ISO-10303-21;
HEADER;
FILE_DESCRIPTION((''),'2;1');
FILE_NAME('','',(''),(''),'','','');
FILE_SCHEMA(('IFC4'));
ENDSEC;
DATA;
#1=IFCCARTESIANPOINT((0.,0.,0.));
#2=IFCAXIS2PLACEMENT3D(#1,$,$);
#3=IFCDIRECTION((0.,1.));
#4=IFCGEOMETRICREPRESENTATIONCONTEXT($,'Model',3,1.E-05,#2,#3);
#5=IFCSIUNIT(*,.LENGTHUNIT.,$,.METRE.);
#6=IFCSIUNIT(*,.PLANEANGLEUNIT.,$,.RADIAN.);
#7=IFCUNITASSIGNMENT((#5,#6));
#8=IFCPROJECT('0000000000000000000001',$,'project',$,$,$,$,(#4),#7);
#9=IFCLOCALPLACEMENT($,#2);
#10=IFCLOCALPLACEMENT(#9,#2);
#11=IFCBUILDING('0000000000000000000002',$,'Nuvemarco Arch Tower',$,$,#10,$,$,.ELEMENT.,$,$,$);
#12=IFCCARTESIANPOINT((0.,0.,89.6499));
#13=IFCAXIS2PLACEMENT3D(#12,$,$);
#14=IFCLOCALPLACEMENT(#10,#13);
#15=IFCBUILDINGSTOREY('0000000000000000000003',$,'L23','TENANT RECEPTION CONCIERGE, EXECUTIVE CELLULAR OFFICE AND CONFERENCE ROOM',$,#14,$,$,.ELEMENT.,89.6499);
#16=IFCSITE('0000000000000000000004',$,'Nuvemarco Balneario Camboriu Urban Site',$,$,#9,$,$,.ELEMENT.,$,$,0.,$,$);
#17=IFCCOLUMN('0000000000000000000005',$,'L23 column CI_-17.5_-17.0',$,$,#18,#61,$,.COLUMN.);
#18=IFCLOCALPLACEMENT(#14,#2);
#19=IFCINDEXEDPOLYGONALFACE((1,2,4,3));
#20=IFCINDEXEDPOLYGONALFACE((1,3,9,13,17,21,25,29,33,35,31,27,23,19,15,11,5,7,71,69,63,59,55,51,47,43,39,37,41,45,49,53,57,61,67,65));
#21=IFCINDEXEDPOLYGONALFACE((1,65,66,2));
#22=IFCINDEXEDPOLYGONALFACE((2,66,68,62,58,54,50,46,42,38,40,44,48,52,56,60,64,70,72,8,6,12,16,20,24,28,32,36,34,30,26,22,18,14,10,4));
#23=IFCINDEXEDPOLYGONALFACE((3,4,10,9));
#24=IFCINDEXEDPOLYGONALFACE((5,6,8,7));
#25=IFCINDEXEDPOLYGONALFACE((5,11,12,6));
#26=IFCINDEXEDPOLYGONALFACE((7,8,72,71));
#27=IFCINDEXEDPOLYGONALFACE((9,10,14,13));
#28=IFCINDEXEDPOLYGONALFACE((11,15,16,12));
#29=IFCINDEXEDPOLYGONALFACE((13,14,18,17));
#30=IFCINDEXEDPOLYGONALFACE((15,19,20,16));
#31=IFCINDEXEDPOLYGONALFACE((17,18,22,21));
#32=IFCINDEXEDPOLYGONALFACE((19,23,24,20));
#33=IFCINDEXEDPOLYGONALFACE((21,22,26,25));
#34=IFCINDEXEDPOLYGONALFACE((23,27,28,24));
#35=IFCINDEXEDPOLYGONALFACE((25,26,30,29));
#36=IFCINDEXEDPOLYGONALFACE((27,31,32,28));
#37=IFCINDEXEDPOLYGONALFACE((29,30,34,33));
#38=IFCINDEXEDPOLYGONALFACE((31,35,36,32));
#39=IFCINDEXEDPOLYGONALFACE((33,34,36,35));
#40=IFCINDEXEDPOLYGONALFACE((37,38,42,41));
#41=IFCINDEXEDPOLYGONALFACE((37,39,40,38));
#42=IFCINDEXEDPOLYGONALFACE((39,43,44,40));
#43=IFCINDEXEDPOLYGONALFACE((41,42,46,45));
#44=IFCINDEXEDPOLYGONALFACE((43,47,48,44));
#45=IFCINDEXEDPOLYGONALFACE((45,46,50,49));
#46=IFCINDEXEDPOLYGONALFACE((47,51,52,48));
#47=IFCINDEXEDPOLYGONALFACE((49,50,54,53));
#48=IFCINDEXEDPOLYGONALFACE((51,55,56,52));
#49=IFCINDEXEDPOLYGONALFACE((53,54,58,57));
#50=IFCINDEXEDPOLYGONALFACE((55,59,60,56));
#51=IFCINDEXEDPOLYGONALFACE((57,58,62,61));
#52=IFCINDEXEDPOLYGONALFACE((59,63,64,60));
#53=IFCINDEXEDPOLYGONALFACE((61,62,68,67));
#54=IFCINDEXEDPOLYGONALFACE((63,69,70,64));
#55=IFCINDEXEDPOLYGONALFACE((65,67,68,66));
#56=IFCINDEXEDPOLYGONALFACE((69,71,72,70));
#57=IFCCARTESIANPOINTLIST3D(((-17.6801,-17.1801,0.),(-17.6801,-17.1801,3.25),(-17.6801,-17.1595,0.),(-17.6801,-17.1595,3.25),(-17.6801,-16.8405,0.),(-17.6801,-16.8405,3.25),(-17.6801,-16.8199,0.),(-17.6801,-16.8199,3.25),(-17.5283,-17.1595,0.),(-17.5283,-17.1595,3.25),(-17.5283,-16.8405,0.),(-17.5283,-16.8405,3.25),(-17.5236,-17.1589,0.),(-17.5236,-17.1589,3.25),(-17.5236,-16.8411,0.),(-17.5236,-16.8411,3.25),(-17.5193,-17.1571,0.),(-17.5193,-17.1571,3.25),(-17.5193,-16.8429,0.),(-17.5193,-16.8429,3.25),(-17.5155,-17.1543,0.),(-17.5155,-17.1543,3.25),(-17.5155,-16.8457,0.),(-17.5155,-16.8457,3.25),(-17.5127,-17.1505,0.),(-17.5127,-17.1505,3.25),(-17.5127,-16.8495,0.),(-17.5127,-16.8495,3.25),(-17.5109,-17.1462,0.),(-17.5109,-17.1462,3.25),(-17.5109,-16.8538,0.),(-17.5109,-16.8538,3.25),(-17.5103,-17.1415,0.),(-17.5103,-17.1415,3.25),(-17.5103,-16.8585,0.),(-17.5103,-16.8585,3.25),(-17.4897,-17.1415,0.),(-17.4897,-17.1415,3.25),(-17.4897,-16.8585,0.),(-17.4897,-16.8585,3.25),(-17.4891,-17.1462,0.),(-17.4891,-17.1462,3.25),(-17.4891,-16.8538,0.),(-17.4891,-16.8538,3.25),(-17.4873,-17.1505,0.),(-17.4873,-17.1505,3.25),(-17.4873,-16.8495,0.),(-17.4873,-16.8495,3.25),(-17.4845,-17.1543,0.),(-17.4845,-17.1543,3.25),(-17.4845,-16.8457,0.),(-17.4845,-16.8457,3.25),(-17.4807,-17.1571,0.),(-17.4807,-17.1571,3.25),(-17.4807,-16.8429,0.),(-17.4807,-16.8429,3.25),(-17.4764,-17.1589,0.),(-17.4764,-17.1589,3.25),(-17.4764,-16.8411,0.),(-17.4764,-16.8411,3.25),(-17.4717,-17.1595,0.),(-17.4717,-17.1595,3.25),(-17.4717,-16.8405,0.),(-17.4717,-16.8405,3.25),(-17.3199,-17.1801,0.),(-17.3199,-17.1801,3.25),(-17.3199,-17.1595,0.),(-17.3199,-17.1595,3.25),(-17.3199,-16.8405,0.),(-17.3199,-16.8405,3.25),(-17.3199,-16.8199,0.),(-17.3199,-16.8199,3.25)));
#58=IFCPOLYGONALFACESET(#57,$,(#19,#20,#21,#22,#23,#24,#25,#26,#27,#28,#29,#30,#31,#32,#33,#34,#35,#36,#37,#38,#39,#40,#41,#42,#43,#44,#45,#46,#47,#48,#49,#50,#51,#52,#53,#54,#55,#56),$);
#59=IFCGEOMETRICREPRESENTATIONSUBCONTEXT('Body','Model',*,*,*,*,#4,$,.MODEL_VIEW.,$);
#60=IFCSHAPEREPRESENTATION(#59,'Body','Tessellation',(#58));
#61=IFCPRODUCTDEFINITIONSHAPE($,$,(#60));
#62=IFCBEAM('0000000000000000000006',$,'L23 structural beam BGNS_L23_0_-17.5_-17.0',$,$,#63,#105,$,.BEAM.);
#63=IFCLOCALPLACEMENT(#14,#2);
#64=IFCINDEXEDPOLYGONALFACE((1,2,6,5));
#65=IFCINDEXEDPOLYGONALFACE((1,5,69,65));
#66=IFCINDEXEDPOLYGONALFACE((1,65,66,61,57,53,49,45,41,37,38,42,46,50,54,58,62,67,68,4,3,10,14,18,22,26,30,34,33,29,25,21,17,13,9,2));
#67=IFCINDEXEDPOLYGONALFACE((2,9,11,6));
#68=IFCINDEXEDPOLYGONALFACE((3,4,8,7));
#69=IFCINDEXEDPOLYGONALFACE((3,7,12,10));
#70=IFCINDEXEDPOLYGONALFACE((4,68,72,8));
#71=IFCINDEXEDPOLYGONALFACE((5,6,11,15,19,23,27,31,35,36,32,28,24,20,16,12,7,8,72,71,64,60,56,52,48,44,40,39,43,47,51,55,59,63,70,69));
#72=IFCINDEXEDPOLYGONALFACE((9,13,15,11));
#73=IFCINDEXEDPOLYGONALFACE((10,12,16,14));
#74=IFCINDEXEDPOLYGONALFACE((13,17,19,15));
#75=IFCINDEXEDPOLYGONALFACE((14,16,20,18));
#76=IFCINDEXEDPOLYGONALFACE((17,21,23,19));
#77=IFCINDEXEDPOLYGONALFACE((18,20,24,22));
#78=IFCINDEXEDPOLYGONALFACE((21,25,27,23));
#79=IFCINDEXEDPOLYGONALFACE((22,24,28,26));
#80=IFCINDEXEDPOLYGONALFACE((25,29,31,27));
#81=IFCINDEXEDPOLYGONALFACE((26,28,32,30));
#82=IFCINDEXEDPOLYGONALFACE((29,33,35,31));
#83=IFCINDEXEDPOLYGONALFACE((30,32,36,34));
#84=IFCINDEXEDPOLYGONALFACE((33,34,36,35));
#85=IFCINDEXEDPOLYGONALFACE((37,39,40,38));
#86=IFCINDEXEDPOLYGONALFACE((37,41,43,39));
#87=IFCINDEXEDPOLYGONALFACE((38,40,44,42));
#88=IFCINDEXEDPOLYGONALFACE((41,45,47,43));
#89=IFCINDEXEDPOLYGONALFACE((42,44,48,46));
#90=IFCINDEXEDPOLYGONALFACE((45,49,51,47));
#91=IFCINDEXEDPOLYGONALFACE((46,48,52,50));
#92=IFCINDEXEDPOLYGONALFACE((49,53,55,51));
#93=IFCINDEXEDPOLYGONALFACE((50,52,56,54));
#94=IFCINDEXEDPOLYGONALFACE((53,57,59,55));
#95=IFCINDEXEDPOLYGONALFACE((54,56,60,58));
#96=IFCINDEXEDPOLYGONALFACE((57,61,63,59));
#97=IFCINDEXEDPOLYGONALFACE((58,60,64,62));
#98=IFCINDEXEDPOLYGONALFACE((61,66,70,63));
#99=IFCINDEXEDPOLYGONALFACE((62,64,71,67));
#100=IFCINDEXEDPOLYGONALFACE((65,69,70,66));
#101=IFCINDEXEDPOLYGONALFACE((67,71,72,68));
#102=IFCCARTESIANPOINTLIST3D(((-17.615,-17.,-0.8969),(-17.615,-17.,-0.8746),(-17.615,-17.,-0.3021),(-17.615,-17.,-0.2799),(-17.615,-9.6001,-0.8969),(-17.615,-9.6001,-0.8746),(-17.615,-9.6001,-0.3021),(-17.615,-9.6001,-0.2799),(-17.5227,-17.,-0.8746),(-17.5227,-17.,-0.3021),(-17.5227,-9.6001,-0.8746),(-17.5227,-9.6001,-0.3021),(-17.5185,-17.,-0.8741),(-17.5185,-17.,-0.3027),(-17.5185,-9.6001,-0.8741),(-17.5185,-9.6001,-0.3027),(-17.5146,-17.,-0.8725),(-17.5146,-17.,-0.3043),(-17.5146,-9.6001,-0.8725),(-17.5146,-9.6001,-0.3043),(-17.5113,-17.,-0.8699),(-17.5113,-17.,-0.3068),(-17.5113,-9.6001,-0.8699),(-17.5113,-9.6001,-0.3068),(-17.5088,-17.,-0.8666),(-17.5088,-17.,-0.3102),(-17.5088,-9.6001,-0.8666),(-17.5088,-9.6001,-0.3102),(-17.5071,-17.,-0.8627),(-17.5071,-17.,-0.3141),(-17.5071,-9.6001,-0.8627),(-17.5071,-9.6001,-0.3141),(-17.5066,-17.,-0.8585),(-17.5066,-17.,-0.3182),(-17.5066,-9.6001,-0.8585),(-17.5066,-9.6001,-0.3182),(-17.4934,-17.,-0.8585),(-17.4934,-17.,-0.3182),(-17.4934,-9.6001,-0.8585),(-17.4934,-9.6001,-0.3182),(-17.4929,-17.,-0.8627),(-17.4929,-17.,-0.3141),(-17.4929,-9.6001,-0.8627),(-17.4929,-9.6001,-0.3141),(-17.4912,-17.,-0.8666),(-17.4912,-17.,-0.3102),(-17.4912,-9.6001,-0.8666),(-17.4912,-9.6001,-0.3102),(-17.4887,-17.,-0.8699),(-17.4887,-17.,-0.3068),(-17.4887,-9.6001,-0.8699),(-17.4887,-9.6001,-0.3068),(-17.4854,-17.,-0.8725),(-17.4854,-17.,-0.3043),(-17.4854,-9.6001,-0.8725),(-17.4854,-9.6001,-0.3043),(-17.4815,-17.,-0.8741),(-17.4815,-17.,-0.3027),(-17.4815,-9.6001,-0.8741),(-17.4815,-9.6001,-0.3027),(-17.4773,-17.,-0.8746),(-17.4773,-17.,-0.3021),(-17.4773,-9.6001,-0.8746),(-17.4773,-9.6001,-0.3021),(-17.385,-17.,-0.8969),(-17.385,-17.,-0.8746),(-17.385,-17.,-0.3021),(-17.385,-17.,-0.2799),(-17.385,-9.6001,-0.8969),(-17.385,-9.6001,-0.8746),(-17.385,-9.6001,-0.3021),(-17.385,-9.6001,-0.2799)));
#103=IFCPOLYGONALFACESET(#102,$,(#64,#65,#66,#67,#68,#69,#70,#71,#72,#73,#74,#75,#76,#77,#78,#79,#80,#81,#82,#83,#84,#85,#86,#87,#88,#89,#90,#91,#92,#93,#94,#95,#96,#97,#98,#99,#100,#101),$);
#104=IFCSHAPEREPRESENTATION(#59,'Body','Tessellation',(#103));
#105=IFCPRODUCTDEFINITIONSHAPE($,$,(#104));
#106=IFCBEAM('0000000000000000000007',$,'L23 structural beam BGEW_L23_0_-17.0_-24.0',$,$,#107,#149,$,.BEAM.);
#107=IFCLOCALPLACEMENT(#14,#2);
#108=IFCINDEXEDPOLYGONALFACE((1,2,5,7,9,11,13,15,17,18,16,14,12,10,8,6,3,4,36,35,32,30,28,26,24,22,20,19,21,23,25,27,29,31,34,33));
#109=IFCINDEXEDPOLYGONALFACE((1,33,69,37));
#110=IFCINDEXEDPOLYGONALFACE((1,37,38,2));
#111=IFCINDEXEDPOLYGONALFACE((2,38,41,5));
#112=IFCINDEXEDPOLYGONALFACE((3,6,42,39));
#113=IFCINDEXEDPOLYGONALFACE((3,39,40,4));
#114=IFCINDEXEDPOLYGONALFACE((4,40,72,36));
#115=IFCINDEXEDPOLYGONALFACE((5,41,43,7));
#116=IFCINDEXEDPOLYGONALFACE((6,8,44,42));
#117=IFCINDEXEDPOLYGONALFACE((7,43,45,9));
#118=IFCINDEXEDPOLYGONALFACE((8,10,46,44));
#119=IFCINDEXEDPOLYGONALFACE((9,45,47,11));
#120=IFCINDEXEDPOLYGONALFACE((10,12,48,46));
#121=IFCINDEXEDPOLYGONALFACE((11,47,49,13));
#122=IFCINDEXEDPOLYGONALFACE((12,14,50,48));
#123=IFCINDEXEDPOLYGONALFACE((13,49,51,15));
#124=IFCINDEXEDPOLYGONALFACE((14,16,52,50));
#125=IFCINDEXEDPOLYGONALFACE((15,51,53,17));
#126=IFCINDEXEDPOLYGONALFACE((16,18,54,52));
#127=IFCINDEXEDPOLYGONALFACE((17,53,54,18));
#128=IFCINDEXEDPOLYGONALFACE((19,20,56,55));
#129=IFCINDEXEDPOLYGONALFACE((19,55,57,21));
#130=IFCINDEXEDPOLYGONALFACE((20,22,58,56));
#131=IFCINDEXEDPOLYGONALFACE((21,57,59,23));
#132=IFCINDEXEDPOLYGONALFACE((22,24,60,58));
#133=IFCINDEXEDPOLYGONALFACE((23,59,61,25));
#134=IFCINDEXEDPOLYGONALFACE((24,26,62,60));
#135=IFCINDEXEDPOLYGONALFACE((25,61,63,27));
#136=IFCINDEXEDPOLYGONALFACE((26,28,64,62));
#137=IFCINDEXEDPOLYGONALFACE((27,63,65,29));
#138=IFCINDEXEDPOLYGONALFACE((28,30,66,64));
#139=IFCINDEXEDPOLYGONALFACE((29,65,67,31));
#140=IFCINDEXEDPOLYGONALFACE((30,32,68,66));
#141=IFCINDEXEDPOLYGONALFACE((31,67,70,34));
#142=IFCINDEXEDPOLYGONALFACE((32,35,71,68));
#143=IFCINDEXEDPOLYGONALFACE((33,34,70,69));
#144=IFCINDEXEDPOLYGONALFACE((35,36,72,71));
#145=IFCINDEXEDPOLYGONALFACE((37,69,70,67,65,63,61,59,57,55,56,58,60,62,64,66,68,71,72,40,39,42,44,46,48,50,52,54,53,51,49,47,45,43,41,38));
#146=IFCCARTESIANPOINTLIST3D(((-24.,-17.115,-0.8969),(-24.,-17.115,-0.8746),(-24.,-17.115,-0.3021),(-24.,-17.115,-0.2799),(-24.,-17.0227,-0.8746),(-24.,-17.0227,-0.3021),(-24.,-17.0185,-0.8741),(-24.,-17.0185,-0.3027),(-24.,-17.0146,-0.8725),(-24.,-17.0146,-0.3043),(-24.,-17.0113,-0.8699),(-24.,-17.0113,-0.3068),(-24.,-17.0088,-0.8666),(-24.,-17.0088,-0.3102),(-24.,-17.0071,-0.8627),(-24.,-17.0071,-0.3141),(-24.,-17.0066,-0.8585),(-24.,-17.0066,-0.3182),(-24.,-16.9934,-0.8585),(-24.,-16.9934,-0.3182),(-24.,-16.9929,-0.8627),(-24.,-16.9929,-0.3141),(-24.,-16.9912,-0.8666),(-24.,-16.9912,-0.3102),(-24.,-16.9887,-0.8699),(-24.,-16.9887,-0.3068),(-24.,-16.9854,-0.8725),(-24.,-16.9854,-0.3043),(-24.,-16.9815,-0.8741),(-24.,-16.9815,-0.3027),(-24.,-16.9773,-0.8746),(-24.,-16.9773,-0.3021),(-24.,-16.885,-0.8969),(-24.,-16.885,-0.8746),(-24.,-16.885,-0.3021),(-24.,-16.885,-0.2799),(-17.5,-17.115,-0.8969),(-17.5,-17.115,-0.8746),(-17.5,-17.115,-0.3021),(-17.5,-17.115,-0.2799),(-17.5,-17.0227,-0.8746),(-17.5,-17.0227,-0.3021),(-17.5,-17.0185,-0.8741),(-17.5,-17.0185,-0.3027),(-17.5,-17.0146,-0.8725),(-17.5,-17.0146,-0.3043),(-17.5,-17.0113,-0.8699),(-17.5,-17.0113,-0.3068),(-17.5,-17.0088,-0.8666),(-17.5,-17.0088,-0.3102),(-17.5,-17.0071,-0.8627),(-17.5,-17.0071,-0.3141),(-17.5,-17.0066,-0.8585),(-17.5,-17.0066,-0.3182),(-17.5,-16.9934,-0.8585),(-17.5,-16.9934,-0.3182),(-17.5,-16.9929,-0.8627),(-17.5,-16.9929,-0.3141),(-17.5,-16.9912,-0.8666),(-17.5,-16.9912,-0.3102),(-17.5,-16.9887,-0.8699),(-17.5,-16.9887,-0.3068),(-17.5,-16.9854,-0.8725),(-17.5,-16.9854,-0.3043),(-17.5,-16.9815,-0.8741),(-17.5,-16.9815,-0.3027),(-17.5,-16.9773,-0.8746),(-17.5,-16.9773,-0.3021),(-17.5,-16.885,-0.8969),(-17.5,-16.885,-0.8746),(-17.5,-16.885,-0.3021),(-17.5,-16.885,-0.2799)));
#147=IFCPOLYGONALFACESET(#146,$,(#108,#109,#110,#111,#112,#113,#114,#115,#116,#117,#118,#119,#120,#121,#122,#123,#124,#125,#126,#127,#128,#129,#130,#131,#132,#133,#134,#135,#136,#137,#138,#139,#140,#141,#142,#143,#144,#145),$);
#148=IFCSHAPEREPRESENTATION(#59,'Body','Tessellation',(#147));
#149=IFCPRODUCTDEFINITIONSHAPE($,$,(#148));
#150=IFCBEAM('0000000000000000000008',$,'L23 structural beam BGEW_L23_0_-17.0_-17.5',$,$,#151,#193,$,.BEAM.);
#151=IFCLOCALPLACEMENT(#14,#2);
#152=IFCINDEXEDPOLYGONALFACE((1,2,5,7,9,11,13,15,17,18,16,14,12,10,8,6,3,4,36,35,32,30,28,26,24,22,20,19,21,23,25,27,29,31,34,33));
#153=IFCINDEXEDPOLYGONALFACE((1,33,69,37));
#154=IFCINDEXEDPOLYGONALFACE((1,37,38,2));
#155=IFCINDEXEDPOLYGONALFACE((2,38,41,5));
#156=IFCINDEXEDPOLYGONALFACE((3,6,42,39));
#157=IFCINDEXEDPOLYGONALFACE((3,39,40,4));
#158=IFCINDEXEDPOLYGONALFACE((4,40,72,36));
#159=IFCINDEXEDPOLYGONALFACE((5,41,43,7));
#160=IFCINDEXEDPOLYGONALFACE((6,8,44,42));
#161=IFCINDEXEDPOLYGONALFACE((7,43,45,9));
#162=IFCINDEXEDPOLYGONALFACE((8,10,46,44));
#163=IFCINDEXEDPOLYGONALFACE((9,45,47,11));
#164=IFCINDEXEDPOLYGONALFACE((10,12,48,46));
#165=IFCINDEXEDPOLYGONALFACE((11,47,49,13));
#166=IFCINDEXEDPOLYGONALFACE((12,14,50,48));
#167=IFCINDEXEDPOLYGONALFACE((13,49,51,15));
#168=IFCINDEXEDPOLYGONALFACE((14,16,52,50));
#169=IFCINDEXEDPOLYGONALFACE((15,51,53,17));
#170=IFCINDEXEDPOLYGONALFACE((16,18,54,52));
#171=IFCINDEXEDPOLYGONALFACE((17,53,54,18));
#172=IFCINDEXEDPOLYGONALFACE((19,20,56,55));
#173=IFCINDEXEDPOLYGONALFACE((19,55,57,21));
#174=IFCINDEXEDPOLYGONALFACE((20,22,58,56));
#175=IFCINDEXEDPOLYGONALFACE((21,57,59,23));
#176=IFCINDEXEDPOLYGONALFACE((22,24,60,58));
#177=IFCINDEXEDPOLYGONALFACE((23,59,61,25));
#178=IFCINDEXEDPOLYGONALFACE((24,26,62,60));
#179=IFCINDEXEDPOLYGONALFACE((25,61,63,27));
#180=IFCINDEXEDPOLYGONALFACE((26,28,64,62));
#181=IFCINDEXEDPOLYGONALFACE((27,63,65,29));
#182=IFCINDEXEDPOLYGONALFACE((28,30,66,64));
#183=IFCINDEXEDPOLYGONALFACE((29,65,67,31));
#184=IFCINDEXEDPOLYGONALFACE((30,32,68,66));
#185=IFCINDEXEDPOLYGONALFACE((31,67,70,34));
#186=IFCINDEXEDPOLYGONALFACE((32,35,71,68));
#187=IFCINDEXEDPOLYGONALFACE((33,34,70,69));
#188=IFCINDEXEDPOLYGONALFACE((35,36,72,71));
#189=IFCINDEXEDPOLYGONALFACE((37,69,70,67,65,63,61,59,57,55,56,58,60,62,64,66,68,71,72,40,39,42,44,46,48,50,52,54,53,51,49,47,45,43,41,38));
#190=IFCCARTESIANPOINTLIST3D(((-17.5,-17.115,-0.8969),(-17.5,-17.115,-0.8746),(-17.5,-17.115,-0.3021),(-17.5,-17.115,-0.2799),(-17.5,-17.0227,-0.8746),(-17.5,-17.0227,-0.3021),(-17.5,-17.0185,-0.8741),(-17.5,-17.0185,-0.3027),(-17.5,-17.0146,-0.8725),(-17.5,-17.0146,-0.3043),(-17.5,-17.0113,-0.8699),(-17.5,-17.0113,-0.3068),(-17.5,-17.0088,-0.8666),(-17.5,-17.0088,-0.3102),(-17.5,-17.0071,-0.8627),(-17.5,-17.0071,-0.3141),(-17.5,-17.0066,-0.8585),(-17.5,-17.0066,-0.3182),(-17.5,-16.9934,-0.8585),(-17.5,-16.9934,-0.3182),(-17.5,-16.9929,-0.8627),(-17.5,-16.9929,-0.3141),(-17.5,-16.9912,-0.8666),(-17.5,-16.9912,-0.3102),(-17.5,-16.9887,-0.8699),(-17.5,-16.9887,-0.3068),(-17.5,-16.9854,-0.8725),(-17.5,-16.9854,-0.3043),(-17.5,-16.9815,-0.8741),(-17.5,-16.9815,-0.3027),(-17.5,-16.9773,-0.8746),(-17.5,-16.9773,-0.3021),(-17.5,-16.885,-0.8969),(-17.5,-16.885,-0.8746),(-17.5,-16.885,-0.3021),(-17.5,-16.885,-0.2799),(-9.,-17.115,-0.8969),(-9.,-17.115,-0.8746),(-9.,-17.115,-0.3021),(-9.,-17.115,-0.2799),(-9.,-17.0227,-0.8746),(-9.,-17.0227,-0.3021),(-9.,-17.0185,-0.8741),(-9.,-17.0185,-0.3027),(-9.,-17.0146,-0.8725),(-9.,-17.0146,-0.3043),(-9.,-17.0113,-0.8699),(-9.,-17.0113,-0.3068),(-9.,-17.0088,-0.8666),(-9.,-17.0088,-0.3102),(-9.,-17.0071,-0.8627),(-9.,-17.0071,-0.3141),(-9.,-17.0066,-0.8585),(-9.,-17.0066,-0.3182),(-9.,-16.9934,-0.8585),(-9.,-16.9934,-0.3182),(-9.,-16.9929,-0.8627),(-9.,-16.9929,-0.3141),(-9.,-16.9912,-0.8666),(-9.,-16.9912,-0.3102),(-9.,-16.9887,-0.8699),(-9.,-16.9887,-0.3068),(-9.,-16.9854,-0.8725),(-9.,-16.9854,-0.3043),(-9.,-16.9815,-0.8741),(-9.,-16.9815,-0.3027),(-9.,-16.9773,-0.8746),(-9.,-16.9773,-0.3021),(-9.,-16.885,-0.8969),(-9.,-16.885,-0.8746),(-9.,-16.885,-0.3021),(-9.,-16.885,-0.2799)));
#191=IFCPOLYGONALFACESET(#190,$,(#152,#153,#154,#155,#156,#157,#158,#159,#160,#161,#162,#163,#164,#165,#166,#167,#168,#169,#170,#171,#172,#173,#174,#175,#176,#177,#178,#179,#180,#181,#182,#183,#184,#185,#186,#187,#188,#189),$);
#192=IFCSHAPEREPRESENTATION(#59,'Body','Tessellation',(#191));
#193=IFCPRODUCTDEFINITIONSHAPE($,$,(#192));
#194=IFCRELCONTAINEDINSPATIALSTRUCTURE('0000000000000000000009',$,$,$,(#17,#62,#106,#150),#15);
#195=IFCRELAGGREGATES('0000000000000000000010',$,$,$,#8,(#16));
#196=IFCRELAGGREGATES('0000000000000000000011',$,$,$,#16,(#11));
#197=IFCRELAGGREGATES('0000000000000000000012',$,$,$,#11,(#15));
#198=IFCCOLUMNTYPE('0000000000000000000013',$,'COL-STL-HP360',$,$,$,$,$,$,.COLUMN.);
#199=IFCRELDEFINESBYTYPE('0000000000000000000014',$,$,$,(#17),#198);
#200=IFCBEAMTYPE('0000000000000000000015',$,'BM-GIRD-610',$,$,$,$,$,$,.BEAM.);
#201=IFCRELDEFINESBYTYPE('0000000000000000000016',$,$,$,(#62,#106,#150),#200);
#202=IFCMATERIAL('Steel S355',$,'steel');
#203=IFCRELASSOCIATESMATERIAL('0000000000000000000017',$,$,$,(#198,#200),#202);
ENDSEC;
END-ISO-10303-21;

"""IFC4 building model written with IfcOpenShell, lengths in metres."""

from ifc_helpers import new_model, si_unit, direction, frame, origin, origin_2d, place, context, subcontext, project, spatial, i_section, extrude, material, material_profile, profile_set, type_object, element, save


model = new_model("IFC4")

# Units and contexts
model_context = context("Model", 3, precision=1e-05, world=origin(), true_north=direction((0.0, 1.0)))
body_context = subcontext(model_context, "Body", "Model", "MODEL_VIEW")
ifc_project = project(units=[si_unit("LENGTHUNIT", "METRE"), si_unit("PLANEANGLEUNIT", "RADIAN")], contexts=[model_context])

# Site, building, storey
site_placement = place(None, origin())
site = spatial("IfcSite", under=ifc_project, at=site_placement, Name="Nuvemarco Balneario Camboriu Urban Site", CompositionType="ELEMENT", RefElevation=0.0)
building_placement = place(site_placement, origin())
building = spatial("IfcBuilding", under=site, at=building_placement, Name="Nuvemarco Arch Tower", CompositionType="ELEMENT")
storey_placement = place(building_placement, frame((0.0, 0.0, 89.6499)))
storey = spatial("IfcBuildingStorey", under=building, at=storey_placement, Name="L23", Description="TENANT RECEPTION CONCIERGE, EXECUTIVE CELLULAR OFFICE AND CONFERENCE ROOM", CompositionType="ELEMENT", Elevation=89.6499)

# Column
ifc_material_1 = material(Name="Steel S355", Category="steel")
ifc_material_profile_1 = material_profile(ifc_material_1, i_section(OverallWidth=0.3601, OverallDepth=0.3601, WebThickness=0.0205, FlangeThickness=0.0205, FilletRadius=0.0181, at=origin_2d()), Name="HP360x174")
ifc_profile_set_1 = profile_set([ifc_material_profile_1], Name="Steel S355")
column_type = type_object("IfcColumnType", Name="COL-STL-HP360", PredefinedType="COLUMN", material=ifc_profile_set_1)
column_placement = place(storey_placement, frame((-17.5, -17.0, 0.0), z_axis=(0.0, 0.0, 1.0), x_axis=(1.0, 0.0, 0.0)))
element("IfcColumn", 1, at=column_placement, inside=storey, type_object=column_type, Name="L23 column CI_-17.5_-17.0", PredefinedType="COLUMN", context=body_context, shape_type="SweptSolid", body=[
    extrude(i_section(OverallWidth=0.3601, OverallDepth=0.3601, WebThickness=0.0205, FlangeThickness=0.0205, FilletRadius=0.0181, at=origin_2d()), origin(), (0.0, 0.0, 1.0), 3.25),
])

# Beams
ifc_material_profile_2 = material_profile(ifc_material_1, i_section(OverallWidth=0.23, OverallDepth=0.6169, WebThickness=0.0132, FlangeThickness=0.0222, FilletRadius=0.0161, at=origin_2d()), Name="W610x140")
ifc_profile_set_2 = profile_set([ifc_material_profile_2], Name="Steel S355")
beam_type_1 = type_object("IfcBeamType", Name="BM-GIRD-610", PredefinedType="BEAM", material=ifc_profile_set_2)
beam_1_placement = place(storey_placement, frame((-17.5, -17.0, -0.5884), z_axis=(0.0, 1.0, 0.0), x_axis=(-1.0, 0.0, 0.0)))
element("IfcBeam", 2, at=beam_1_placement, inside=storey, type_object=beam_type_1, Name="L23 structural beam BGNS_L23_0_-17.5_-17.0", PredefinedType="BEAM", context=body_context, shape_type="SweptSolid", body=[
    extrude(i_section(OverallWidth=0.23, OverallDepth=0.6169, WebThickness=0.0132, FlangeThickness=0.0222, FilletRadius=0.0161, at=origin_2d()), origin(), (0.0, 0.0, 1.0), 7.3999),
])
beam_2_placement = place(storey_placement, frame((-24.0, -17.0, -0.5884), z_axis=(1.0, 0.0, 0.0), x_axis=(0.0, 1.0, 0.0)))
element("IfcBeam", 3, at=beam_2_placement, inside=storey, type_object=beam_type_1, Name="L23 structural beam BGEW_L23_0_-17.0_-24.0", PredefinedType="BEAM", context=body_context, shape_type="SweptSolid", body=[
    extrude(i_section(OverallWidth=0.23, OverallDepth=0.6169, WebThickness=0.0132, FlangeThickness=0.0222, FilletRadius=0.0161, at=origin_2d()), origin(), (0.0, 0.0, 1.0), 6.5),
])
beam_3_placement = place(storey_placement, frame((-17.5, -17.0, -0.5884), z_axis=(1.0, 0.0, 0.0), x_axis=(0.0, 1.0, 0.0)))
element("IfcBeam", 4, at=beam_3_placement, inside=storey, type_object=beam_type_1, Name="L23 structural beam BGEW_L23_0_-17.0_-17.5", PredefinedType="BEAM", context=body_context, shape_type="SweptSolid", body=[
    extrude(i_section(OverallWidth=0.23, OverallDepth=0.6169, WebThickness=0.0132, FlangeThickness=0.0222, FilletRadius=0.0161, at=origin_2d()), origin(), (0.0, 0.0, 1.0), 8.5),
])

save(model, "model.ifc")
